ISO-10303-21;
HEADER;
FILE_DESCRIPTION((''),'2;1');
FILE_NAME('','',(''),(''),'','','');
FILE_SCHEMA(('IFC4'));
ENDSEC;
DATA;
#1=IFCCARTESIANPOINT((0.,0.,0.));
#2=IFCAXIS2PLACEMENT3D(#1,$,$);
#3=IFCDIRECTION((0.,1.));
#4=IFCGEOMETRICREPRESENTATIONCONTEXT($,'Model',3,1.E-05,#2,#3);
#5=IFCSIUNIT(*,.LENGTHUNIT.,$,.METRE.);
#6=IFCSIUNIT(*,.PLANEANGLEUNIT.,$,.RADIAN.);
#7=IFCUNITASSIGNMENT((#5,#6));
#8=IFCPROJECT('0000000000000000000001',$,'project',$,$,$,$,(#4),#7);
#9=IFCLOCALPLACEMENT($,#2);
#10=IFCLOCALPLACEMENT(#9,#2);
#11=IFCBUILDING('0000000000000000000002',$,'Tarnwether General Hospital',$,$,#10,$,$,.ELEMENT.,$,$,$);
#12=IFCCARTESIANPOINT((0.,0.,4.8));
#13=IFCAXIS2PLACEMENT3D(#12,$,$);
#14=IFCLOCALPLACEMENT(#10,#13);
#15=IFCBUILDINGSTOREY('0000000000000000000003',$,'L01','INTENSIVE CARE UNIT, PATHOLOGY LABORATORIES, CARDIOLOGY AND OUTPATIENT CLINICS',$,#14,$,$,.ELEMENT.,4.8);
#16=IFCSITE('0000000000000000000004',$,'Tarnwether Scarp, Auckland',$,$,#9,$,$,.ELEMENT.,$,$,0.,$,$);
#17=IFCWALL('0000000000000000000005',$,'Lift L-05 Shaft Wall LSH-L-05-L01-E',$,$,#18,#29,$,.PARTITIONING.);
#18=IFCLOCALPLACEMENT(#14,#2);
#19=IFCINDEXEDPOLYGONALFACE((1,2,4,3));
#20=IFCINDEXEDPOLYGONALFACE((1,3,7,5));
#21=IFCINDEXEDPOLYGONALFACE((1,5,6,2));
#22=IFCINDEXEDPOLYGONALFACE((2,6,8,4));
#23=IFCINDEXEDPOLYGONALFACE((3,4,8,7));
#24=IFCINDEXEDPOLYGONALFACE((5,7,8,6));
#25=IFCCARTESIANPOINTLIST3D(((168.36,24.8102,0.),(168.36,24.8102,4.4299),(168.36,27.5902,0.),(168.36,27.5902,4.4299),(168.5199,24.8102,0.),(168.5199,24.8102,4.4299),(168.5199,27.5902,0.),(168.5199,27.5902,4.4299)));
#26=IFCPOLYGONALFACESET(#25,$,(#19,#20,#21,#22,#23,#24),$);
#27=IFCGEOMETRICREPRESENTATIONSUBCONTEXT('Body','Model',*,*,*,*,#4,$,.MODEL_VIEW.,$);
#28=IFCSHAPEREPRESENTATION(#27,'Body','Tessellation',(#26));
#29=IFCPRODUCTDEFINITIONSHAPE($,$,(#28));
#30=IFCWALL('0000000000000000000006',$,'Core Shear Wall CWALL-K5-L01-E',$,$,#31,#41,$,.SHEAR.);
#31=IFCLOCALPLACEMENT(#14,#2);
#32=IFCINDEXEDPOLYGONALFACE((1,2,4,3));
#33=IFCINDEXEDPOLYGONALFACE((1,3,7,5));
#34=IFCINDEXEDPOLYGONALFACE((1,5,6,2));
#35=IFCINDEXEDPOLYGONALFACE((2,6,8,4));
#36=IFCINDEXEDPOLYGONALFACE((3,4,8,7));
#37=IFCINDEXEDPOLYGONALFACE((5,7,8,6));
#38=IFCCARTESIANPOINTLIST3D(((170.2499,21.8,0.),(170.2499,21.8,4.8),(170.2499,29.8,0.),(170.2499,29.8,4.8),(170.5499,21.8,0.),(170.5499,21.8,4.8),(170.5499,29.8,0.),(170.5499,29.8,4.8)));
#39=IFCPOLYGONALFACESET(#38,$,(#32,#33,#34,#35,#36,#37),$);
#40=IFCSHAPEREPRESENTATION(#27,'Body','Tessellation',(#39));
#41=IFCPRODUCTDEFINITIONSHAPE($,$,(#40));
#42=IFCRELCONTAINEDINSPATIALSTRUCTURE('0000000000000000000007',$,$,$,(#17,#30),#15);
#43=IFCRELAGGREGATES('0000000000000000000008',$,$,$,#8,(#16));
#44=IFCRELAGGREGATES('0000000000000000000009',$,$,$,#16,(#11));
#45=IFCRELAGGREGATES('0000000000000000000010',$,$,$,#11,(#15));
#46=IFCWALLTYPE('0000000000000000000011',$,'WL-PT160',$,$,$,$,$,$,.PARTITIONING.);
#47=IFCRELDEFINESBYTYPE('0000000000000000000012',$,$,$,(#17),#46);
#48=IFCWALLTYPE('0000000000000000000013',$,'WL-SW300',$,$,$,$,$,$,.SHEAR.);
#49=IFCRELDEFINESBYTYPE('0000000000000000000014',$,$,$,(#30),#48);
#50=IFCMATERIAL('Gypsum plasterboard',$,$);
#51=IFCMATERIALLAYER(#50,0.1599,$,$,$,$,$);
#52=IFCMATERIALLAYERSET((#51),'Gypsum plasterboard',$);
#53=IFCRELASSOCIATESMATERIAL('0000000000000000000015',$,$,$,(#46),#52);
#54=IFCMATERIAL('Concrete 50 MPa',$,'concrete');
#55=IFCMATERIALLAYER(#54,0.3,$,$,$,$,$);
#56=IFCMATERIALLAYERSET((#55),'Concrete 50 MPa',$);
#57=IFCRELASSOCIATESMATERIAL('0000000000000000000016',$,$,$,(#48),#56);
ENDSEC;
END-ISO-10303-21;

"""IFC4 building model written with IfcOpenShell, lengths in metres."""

from ifc_helpers import new_model, si_unit, direction, frame, frame_2d, origin, place, context, subcontext, project, spatial, rectangle, extrude, material, layer, layer_set, type_object, element, save


model = new_model("IFC4")

# Units and contexts
model_context = context("Model", 3, precision=1e-05, world=origin(), true_north=direction((0.0, 1.0)))
body_context = subcontext(model_context, "Body", "Model", "MODEL_VIEW")
ifc_project = project(units=[si_unit("LENGTHUNIT", "METRE"), si_unit("PLANEANGLEUNIT", "RADIAN")], contexts=[model_context])

# Site, building, storey
site_placement = place(None, origin())
site = spatial("IfcSite", under=ifc_project, at=site_placement, Name="Tarnwether Scarp, Auckland", CompositionType="ELEMENT", RefElevation=0.0)
building_placement = place(site_placement, origin())
building = spatial("IfcBuilding", under=site, at=building_placement, Name="Tarnwether General Hospital", CompositionType="ELEMENT")
storey_placement = place(building_placement, frame((0.0, 0.0, 4.8)))
storey = spatial("IfcBuildingStorey", under=building, at=storey_placement, Name="L01", Description="INTENSIVE CARE UNIT, PATHOLOGY LABORATORIES, CARDIOLOGY AND OUTPATIENT CLINICS", CompositionType="ELEMENT", Elevation=4.8)

# Shared definitions
ifc_material_1 = material(Name="Gypsum plasterboard")
ifc_layer_1 = layer(ifc_material_1, 0.1599)
ifc_layer_set_1 = layer_set([ifc_layer_1], Name="Gypsum plasterboard")
wall_type_1 = type_object("IfcWallType", Name="WL-PT160", PredefinedType="PARTITIONING", material=ifc_layer_set_1)

# Walls
for number, where, z_axis, x_axis, name in (
    (1, (168.4399, 24.8101, 0.0), (0.0, 0.0, 1.0), (0.0, 1.0, 0.0), "Lift L-05 Shaft Wall LSH-L-05-L01-E"),
):
    element("IfcWall", number, at=place(storey_placement, frame(where, z_axis=z_axis, x_axis=x_axis)), inside=storey, type_object=wall_type_1, Name=name, PredefinedType="PARTITIONING", context=body_context, shape_type="SweptSolid", body=[
        extrude(rectangle(XDim=2.78, YDim=0.1599, at=frame_2d((1.3901, 0.0))), origin(), (0.0, 0.0, 1.0), 4.4299),
    ])
ifc_material_2 = material(Name="Concrete 50 MPa", Category="concrete")
ifc_layer_2 = layer(ifc_material_2, 0.3)
ifc_layer_set_2 = layer_set([ifc_layer_2], Name="Concrete 50 MPa")
wall_type_2 = type_object("IfcWallType", Name="WL-SW300", PredefinedType="SHEAR", material=ifc_layer_set_2)
wall_1_placement = place(storey_placement, frame((170.3999, 29.8, 0.0), z_axis=(0.0, 0.0, 1.0), x_axis=(0.0, -1.0, 0.0)))
element("IfcWall", 2, at=wall_1_placement, inside=storey, type_object=wall_type_2, Name="Core Shear Wall CWALL-K5-L01-E", PredefinedType="SHEAR", context=body_context, shape_type="SweptSolid", body=[
    extrude(rectangle(XDim=8.0, YDim=0.3, at=frame_2d((4.0, 0.0))), origin(), (0.0, 0.0, 1.0), 4.8),
])

save(model, "model.ifc")
